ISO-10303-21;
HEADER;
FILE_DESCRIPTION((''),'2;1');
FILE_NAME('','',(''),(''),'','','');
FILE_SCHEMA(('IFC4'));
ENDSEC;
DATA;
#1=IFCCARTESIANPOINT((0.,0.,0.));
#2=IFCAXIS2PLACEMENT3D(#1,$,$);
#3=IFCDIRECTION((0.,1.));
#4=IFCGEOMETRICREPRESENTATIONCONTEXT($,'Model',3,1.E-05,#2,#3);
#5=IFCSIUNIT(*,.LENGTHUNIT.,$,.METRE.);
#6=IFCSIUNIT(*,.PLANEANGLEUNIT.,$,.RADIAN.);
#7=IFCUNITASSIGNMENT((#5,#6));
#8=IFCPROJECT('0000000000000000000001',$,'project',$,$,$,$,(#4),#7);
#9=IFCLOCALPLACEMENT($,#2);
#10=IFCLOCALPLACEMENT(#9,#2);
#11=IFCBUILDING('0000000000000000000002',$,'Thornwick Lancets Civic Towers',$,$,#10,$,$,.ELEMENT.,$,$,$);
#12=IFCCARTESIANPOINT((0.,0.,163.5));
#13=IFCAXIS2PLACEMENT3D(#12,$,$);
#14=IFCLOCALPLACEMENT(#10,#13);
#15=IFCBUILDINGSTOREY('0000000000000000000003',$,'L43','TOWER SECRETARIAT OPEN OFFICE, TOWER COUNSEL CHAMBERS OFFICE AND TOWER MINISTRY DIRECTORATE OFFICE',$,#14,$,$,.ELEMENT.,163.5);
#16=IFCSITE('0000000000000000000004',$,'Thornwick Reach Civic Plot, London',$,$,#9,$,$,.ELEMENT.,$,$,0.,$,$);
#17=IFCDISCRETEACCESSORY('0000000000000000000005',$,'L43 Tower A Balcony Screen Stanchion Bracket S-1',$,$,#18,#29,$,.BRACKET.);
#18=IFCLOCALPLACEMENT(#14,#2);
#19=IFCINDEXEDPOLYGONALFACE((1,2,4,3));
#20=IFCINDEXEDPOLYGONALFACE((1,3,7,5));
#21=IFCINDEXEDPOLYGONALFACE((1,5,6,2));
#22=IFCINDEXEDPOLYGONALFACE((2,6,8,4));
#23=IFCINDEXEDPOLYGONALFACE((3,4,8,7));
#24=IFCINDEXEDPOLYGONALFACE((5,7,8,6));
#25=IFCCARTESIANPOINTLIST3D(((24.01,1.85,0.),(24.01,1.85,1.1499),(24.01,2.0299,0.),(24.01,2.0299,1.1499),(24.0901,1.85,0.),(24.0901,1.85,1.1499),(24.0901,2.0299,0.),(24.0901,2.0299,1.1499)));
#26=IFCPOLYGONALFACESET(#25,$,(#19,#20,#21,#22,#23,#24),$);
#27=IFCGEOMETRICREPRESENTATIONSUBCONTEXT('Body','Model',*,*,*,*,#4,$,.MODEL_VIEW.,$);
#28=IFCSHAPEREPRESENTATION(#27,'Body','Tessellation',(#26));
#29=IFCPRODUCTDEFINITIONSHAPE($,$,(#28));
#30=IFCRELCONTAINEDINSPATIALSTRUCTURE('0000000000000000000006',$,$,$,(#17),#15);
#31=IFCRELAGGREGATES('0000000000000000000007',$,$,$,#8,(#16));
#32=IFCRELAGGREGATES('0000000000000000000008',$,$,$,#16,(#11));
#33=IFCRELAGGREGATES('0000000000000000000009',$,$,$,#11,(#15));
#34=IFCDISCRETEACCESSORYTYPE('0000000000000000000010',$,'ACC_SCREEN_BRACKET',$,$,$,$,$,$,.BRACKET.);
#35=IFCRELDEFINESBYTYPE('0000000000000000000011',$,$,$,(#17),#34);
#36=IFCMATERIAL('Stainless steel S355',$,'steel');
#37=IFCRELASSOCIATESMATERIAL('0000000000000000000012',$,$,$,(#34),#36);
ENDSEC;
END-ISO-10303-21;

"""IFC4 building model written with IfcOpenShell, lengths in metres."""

from ifc_helpers import new_model, si_unit, direction, frame, origin, origin_2d, place, context, subcontext, project, spatial, rectangle, extrude, material, type_object, element, save


model = new_model("IFC4")

# Units and contexts
model_context = context("Model", 3, precision=1e-05, world=origin(), true_north=direction((0.0, 1.0)))
body_context = subcontext(model_context, "Body", "Model", "MODEL_VIEW")
ifc_project = project(units=[si_unit("LENGTHUNIT", "METRE"), si_unit("PLANEANGLEUNIT", "RADIAN")], contexts=[model_context])

# Site, building, storey
site_placement = place(None, origin())
site = spatial("IfcSite", under=ifc_project, at=site_placement, Name="Thornwick Reach Civic Plot, London", CompositionType="ELEMENT", RefElevation=0.0)
building_placement = place(site_placement, origin())
building = spatial("IfcBuilding", under=site, at=building_placement, Name="Thornwick Lancets Civic Towers", CompositionType="ELEMENT")
storey_placement = place(building_placement, frame((0.0, 0.0, 163.5)))
storey = spatial("IfcBuildingStorey", under=building, at=storey_placement, Name="L43", Description="TOWER SECRETARIAT OPEN OFFICE, TOWER COUNSEL CHAMBERS OFFICE AND TOWER MINISTRY DIRECTORATE OFFICE", CompositionType="ELEMENT", Elevation=163.5)

# Discrete accessory
ifc_material_1 = material(Name="Stainless steel S355", Category="steel")
discrete_accessory_type = type_object("IfcDiscreteAccessoryType", Name="ACC_SCREEN_BRACKET", PredefinedType="BRACKET", material=ifc_material_1)
discrete_accessory_placement = place(storey_placement, frame((24.05, 1.9399, 0.0), z_axis=(0.0, 0.0, 1.0), x_axis=(1.0, 0.0, 0.0)))
element("IfcDiscreteAccessory", 1, at=discrete_accessory_placement, inside=storey, type_object=discrete_accessory_type, Name="L43 Tower A Balcony Screen Stanchion Bracket S-1", PredefinedType="BRACKET", context=body_context, shape_type="SweptSolid", body=[
    extrude(rectangle(XDim=0.0801, YDim=0.1799, at=origin_2d()), origin(), (0.0, 0.0, 1.0), 1.1499),
])

save(model, "model.ifc")
